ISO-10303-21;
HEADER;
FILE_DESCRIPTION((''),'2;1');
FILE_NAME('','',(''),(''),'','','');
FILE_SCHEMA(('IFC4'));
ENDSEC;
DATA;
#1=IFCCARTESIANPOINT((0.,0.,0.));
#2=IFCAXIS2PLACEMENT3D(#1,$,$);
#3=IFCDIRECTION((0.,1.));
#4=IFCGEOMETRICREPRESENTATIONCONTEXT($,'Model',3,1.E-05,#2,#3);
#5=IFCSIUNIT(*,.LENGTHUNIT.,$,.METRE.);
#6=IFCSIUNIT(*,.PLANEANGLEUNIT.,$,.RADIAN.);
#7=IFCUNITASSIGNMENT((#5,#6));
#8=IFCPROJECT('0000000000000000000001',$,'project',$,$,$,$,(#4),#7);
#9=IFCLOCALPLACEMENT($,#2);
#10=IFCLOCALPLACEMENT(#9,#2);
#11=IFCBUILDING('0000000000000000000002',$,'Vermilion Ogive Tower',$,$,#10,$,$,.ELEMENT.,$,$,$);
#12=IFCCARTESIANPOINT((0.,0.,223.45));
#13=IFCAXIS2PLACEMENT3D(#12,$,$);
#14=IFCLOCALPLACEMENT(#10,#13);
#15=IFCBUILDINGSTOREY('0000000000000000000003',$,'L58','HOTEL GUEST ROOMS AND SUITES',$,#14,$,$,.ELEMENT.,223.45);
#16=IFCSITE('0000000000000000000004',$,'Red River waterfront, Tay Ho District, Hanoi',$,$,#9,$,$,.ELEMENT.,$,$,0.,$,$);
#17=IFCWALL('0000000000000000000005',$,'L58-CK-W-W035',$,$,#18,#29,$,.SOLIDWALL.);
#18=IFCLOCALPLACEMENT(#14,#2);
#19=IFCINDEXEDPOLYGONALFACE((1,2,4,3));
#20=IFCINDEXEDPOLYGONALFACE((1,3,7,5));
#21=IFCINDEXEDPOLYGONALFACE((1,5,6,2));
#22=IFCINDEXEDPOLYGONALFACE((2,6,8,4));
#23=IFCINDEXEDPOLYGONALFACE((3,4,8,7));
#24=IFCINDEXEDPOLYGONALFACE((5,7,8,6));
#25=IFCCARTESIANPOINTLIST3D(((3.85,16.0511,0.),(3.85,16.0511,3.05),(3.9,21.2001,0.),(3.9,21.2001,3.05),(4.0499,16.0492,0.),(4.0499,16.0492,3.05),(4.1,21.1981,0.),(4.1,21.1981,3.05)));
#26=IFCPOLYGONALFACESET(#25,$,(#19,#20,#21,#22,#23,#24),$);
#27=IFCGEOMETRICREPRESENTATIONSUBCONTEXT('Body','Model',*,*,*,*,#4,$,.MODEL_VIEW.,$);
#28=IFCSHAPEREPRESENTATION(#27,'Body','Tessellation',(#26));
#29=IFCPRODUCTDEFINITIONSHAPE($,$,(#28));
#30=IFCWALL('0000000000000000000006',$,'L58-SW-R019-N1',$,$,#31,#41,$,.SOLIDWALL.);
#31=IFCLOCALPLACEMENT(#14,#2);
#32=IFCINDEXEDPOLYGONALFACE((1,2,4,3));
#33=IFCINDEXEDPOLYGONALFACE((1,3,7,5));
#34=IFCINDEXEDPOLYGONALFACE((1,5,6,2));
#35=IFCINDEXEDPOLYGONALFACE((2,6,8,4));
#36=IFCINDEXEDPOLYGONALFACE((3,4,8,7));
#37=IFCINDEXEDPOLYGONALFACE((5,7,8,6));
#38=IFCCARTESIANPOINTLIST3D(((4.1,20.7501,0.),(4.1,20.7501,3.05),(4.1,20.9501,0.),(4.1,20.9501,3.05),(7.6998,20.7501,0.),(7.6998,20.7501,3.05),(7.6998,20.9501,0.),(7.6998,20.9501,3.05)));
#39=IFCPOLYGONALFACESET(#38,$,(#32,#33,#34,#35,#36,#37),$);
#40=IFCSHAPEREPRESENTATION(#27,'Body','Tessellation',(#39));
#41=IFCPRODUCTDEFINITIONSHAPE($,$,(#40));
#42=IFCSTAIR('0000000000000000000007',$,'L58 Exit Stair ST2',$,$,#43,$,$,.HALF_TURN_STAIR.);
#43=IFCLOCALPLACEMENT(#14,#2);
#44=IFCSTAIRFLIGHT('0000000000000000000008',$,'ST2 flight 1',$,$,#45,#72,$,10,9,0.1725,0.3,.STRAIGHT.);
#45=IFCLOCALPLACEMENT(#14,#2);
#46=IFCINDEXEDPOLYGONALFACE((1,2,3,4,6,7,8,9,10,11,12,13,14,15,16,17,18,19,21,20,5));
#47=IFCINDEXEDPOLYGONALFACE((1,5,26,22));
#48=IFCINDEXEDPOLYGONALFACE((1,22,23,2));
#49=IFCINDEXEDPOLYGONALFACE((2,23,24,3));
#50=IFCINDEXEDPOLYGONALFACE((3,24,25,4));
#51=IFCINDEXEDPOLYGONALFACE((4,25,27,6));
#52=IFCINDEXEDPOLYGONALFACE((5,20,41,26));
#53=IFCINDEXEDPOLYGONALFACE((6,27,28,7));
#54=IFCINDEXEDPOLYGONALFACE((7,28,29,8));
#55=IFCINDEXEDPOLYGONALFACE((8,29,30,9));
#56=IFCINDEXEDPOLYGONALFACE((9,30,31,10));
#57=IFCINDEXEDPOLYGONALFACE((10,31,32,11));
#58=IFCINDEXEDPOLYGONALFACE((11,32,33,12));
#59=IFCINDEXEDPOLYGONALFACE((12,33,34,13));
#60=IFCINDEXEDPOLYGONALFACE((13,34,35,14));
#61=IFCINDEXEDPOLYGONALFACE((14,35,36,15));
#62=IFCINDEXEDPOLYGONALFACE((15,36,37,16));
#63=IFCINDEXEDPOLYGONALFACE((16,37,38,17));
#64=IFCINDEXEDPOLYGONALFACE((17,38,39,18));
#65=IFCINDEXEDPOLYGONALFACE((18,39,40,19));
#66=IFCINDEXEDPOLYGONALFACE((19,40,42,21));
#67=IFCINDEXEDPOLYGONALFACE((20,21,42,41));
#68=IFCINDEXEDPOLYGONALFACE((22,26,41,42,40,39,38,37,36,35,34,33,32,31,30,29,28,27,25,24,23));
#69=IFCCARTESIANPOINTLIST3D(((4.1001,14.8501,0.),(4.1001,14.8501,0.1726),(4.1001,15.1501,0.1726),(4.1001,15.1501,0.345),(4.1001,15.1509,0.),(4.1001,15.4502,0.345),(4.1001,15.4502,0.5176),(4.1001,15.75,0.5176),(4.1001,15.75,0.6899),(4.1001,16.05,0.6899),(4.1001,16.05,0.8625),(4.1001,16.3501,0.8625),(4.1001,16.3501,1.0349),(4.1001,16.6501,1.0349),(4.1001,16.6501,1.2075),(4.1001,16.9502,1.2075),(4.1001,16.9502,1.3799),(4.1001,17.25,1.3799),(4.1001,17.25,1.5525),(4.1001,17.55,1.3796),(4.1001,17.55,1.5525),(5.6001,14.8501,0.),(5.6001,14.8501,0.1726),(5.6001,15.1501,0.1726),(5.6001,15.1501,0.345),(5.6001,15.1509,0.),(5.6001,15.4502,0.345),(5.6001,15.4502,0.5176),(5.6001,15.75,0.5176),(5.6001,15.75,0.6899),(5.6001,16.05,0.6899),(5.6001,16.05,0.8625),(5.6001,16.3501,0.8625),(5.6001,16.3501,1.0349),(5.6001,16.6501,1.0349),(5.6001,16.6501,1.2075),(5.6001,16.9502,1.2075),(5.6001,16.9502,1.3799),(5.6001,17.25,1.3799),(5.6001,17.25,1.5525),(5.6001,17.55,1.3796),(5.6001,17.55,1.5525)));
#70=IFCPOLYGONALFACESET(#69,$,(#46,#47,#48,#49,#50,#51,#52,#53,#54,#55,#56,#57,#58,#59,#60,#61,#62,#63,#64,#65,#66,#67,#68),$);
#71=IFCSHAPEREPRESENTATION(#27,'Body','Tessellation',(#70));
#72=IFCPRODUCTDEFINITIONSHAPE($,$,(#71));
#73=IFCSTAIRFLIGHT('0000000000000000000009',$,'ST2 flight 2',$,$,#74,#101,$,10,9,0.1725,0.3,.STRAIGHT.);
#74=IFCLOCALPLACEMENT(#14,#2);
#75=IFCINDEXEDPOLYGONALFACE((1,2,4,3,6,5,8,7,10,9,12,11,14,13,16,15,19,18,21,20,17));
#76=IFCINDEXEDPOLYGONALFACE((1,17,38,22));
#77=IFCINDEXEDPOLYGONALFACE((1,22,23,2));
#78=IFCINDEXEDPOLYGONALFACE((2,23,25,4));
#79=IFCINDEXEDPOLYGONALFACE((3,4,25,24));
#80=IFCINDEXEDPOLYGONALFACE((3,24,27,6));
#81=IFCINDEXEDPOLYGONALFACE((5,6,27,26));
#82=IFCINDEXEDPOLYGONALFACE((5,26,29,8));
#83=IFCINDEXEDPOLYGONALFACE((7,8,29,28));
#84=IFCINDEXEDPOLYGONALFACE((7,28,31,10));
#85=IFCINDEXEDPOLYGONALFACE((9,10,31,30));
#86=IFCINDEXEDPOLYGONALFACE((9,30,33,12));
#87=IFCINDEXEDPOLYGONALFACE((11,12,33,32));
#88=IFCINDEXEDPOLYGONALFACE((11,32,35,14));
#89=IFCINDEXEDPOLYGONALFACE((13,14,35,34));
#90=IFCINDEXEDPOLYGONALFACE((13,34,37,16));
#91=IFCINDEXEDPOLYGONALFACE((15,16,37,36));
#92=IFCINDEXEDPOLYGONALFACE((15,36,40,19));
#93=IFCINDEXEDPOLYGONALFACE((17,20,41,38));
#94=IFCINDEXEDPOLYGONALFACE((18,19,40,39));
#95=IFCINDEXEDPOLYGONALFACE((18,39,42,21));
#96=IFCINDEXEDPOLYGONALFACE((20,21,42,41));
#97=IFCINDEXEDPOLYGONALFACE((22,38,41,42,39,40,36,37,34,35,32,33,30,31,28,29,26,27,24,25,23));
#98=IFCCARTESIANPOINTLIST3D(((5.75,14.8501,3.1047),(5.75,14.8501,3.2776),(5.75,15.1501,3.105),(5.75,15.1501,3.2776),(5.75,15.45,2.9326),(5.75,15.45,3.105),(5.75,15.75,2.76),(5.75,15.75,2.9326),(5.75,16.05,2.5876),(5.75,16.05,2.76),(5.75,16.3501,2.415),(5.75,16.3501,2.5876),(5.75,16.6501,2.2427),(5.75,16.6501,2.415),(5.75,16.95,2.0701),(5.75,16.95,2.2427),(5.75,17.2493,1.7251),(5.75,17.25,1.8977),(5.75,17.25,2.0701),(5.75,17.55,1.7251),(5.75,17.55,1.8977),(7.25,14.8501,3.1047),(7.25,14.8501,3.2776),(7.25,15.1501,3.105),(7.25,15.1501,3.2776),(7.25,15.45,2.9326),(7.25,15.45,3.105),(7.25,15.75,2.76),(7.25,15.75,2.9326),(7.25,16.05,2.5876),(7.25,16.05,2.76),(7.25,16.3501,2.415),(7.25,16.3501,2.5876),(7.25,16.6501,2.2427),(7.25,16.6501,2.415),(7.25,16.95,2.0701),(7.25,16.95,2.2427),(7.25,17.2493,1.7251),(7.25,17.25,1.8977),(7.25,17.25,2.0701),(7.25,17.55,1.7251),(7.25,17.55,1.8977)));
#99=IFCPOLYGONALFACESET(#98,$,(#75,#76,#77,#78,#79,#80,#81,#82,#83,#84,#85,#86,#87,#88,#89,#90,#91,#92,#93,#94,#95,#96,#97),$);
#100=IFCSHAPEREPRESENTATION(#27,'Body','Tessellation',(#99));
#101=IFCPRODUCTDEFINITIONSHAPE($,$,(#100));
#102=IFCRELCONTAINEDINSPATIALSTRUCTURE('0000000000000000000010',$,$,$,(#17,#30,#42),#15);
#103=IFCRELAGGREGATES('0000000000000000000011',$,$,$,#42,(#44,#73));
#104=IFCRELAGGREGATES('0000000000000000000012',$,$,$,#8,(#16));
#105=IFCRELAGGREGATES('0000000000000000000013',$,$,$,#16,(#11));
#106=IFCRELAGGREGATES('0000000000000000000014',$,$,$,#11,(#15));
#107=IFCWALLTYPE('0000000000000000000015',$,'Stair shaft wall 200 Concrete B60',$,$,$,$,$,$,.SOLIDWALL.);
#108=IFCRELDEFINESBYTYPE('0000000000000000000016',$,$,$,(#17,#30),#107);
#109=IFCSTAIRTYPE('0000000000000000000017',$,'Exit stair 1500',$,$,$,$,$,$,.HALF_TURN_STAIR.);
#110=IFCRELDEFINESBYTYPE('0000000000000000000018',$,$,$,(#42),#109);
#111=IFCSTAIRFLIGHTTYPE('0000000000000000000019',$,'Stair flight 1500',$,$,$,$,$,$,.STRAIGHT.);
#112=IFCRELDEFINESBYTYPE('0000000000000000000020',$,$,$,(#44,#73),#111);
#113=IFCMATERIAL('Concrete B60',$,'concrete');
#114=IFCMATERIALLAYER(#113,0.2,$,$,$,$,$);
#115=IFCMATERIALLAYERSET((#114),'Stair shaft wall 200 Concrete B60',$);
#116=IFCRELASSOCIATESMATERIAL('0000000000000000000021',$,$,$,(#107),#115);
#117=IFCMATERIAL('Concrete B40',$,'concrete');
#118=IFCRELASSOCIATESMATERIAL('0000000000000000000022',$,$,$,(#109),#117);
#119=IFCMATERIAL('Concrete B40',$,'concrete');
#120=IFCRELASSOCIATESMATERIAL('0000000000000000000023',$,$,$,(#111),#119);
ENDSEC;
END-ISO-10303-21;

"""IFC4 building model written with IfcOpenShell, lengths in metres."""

from ifc_helpers import new_model, si_unit, direction, frame, frame_2d, origin, place, context, subcontext, project, spatial, polyline, rectangle, outline, extrude, material, layer, layer_set, type_object, element, aggregate, save


model = new_model("IFC4")

# Units and contexts
model_context = context("Model", 3, precision=1e-05, world=origin(), true_north=direction((0.0, 1.0)))
body_context = subcontext(model_context, "Body", "Model", "MODEL_VIEW")
ifc_project = project(units=[si_unit("LENGTHUNIT", "METRE"), si_unit("PLANEANGLEUNIT", "RADIAN")], contexts=[model_context])

# Site, building, storey
site_placement = place(None, origin())
site = spatial("IfcSite", under=ifc_project, at=site_placement, Name="Red River waterfront, Tay Ho District, Hanoi", CompositionType="ELEMENT", RefElevation=0.0)
building_placement = place(site_placement, origin())
building = spatial("IfcBuilding", under=site, at=building_placement, Name="Vermilion Ogive Tower", CompositionType="ELEMENT")
storey_placement = place(building_placement, frame((0.0, 0.0, 223.45)))
storey = spatial("IfcBuildingStorey", under=building, at=storey_placement, Name="L58", Description="HOTEL GUEST ROOMS AND SUITES", CompositionType="ELEMENT", Elevation=223.45)

# Shared definitions
ifc_material_1 = material(Name="Concrete B60", Category="concrete")
ifc_layer_1 = layer(ifc_material_1, 0.2)
ifc_layer_set_1 = layer_set([ifc_layer_1], Name="Stair shaft wall 200 Concrete B60")
wall_type_1 = type_object("IfcWallType", Name="Stair shaft wall 200 Concrete B60", PredefinedType="SOLIDWALL", material=ifc_layer_set_1)

# Walls
wall_1_placement = place(storey_placement, frame((3.95, 16.05, 0.0), z_axis=(0.0, 0.0, 1.0), x_axis=(0.00972, 0.999953, 0.0)))
element("IfcWall", 1, at=wall_1_placement, inside=storey, type_object=wall_type_1, Name="L58-CK-W-W035", PredefinedType="SOLIDWALL", context=body_context, shape_type="SweptSolid", body=[
    extrude(rectangle(XDim=5.1492, YDim=0.2, at=frame_2d((2.5747, 0.0))), origin(), (0.0, 0.0, 1.0), 3.05),
])
wall_2_placement = place(storey_placement, frame((4.1001, 20.8501, 0.0), z_axis=(0.0, 0.0, 1.0), x_axis=(1.0, 0.0, 0.0)))
element("IfcWall", 2, at=wall_2_placement, inside=storey, type_object=wall_type_1, Name="L58-SW-R019-N1", PredefinedType="SOLIDWALL", context=body_context, shape_type="SweptSolid", body=[
    extrude(rectangle(XDim=3.5999, YDim=0.2, at=frame_2d((1.7998, 0.0))), origin(), (0.0, 0.0, 1.0), 3.05),
])

# Stair, stair flights
ifc_material_2 = material(Name="Concrete B40", Category="concrete")
stair_type = type_object("IfcStairType", Name="Exit stair 1500", PredefinedType="HALF_TURN_STAIR", material=ifc_material_2)
stair_placement = place(storey_placement, origin())
stair = element("IfcStair", 3, at=stair_placement, inside=storey, type_object=stair_type, Name="L58 Exit Stair ST2", PredefinedType="HALF_TURN_STAIR")
ifc_material_3 = material(Name="Concrete B40", Category="concrete")
stair_flight_type = type_object("IfcStairFlightType", Name="Stair flight 1500", PredefinedType="STRAIGHT", material=ifc_material_3)
stair_flight_1_placement = place(storey_placement, frame((4.8501, 14.8501, 0.0), z_axis=(0.0, 0.0, 1.0), x_axis=(0.0, 1.0, 0.0)))
stair_flight_1 = element("IfcStairFlight", 4, at=stair_flight_1_placement, type_object=stair_flight_type, Name="ST2 flight 1", NumberOfRisers=10, NumberOfTreads=9, PredefinedType="STRAIGHT", RiserHeight=0.1725, TreadLength=0.3, context=body_context, shape_type="SweptSolid", body=[
    extrude(outline(polyline([(0.0, 0.0), (0.0, 0.1726), (0.3, 0.1726), (0.3, 0.345), (0.6001, 0.345), (0.6001, 0.5176), (0.8999, 0.5176), (0.8999, 0.6899), (1.2, 0.6899), (1.2, 0.8625), (1.5, 0.8625), (1.5, 1.0349), (1.8, 1.0349), (1.8, 1.2075), (2.1001, 1.2075), (2.1001, 1.3799), (2.3999, 1.3799), (2.3999, 1.5525), (2.7, 1.5525), (2.7, 1.7251), (2.7, 1.3796), (0.3008, 0.0), (0.0, 0.0)])), frame((0.0, 0.75, 0.0), z_axis=(0.0, -1.0, 0.0), x_axis=(1.0, 0.0, 0.0)), (0.0, 0.0, 1.0), 1.5),
])
stair_flight_2_placement = place(storey_placement, frame((6.5, 17.55, 1.7251), z_axis=(0.0, 0.0, 1.0), x_axis=(0.0, -1.0, 0.0)))
stair_flight_2 = element("IfcStairFlight", 5, at=stair_flight_2_placement, type_object=stair_flight_type, Name="ST2 flight 2", NumberOfRisers=10, NumberOfTreads=9, PredefinedType="STRAIGHT", RiserHeight=0.1725, TreadLength=0.3, context=body_context, shape_type="SweptSolid", body=[
    extrude(outline(polyline([(0.0, 0.0), (0.0, 0.1726), (0.3, 0.1726), (0.3, 0.345), (0.6001, 0.345), (0.6001, 0.5176), (0.8999, 0.5176), (0.8999, 0.6899), (1.2, 0.6899), (1.2, 0.8625), (1.5, 0.8625), (1.5, 1.0349), (1.8, 1.0349), (1.8, 1.2075), (2.1001, 1.2075), (2.1001, 1.3799), (2.3999, 1.3799), (2.3999, 1.5525), (2.7, 1.5525), (2.7, 1.7251), (2.7, 1.3796), (0.3008, 0.0), (0.0, 0.0)])), frame((0.0, 0.75, 0.0), z_axis=(0.0, -1.0, 0.0), x_axis=(1.0, 0.0, 0.0)), (0.0, 0.0, 1.0), 1.5),
])
aggregate(stair, [stair_flight_1, stair_flight_2])

save(model, "model.ifc")
